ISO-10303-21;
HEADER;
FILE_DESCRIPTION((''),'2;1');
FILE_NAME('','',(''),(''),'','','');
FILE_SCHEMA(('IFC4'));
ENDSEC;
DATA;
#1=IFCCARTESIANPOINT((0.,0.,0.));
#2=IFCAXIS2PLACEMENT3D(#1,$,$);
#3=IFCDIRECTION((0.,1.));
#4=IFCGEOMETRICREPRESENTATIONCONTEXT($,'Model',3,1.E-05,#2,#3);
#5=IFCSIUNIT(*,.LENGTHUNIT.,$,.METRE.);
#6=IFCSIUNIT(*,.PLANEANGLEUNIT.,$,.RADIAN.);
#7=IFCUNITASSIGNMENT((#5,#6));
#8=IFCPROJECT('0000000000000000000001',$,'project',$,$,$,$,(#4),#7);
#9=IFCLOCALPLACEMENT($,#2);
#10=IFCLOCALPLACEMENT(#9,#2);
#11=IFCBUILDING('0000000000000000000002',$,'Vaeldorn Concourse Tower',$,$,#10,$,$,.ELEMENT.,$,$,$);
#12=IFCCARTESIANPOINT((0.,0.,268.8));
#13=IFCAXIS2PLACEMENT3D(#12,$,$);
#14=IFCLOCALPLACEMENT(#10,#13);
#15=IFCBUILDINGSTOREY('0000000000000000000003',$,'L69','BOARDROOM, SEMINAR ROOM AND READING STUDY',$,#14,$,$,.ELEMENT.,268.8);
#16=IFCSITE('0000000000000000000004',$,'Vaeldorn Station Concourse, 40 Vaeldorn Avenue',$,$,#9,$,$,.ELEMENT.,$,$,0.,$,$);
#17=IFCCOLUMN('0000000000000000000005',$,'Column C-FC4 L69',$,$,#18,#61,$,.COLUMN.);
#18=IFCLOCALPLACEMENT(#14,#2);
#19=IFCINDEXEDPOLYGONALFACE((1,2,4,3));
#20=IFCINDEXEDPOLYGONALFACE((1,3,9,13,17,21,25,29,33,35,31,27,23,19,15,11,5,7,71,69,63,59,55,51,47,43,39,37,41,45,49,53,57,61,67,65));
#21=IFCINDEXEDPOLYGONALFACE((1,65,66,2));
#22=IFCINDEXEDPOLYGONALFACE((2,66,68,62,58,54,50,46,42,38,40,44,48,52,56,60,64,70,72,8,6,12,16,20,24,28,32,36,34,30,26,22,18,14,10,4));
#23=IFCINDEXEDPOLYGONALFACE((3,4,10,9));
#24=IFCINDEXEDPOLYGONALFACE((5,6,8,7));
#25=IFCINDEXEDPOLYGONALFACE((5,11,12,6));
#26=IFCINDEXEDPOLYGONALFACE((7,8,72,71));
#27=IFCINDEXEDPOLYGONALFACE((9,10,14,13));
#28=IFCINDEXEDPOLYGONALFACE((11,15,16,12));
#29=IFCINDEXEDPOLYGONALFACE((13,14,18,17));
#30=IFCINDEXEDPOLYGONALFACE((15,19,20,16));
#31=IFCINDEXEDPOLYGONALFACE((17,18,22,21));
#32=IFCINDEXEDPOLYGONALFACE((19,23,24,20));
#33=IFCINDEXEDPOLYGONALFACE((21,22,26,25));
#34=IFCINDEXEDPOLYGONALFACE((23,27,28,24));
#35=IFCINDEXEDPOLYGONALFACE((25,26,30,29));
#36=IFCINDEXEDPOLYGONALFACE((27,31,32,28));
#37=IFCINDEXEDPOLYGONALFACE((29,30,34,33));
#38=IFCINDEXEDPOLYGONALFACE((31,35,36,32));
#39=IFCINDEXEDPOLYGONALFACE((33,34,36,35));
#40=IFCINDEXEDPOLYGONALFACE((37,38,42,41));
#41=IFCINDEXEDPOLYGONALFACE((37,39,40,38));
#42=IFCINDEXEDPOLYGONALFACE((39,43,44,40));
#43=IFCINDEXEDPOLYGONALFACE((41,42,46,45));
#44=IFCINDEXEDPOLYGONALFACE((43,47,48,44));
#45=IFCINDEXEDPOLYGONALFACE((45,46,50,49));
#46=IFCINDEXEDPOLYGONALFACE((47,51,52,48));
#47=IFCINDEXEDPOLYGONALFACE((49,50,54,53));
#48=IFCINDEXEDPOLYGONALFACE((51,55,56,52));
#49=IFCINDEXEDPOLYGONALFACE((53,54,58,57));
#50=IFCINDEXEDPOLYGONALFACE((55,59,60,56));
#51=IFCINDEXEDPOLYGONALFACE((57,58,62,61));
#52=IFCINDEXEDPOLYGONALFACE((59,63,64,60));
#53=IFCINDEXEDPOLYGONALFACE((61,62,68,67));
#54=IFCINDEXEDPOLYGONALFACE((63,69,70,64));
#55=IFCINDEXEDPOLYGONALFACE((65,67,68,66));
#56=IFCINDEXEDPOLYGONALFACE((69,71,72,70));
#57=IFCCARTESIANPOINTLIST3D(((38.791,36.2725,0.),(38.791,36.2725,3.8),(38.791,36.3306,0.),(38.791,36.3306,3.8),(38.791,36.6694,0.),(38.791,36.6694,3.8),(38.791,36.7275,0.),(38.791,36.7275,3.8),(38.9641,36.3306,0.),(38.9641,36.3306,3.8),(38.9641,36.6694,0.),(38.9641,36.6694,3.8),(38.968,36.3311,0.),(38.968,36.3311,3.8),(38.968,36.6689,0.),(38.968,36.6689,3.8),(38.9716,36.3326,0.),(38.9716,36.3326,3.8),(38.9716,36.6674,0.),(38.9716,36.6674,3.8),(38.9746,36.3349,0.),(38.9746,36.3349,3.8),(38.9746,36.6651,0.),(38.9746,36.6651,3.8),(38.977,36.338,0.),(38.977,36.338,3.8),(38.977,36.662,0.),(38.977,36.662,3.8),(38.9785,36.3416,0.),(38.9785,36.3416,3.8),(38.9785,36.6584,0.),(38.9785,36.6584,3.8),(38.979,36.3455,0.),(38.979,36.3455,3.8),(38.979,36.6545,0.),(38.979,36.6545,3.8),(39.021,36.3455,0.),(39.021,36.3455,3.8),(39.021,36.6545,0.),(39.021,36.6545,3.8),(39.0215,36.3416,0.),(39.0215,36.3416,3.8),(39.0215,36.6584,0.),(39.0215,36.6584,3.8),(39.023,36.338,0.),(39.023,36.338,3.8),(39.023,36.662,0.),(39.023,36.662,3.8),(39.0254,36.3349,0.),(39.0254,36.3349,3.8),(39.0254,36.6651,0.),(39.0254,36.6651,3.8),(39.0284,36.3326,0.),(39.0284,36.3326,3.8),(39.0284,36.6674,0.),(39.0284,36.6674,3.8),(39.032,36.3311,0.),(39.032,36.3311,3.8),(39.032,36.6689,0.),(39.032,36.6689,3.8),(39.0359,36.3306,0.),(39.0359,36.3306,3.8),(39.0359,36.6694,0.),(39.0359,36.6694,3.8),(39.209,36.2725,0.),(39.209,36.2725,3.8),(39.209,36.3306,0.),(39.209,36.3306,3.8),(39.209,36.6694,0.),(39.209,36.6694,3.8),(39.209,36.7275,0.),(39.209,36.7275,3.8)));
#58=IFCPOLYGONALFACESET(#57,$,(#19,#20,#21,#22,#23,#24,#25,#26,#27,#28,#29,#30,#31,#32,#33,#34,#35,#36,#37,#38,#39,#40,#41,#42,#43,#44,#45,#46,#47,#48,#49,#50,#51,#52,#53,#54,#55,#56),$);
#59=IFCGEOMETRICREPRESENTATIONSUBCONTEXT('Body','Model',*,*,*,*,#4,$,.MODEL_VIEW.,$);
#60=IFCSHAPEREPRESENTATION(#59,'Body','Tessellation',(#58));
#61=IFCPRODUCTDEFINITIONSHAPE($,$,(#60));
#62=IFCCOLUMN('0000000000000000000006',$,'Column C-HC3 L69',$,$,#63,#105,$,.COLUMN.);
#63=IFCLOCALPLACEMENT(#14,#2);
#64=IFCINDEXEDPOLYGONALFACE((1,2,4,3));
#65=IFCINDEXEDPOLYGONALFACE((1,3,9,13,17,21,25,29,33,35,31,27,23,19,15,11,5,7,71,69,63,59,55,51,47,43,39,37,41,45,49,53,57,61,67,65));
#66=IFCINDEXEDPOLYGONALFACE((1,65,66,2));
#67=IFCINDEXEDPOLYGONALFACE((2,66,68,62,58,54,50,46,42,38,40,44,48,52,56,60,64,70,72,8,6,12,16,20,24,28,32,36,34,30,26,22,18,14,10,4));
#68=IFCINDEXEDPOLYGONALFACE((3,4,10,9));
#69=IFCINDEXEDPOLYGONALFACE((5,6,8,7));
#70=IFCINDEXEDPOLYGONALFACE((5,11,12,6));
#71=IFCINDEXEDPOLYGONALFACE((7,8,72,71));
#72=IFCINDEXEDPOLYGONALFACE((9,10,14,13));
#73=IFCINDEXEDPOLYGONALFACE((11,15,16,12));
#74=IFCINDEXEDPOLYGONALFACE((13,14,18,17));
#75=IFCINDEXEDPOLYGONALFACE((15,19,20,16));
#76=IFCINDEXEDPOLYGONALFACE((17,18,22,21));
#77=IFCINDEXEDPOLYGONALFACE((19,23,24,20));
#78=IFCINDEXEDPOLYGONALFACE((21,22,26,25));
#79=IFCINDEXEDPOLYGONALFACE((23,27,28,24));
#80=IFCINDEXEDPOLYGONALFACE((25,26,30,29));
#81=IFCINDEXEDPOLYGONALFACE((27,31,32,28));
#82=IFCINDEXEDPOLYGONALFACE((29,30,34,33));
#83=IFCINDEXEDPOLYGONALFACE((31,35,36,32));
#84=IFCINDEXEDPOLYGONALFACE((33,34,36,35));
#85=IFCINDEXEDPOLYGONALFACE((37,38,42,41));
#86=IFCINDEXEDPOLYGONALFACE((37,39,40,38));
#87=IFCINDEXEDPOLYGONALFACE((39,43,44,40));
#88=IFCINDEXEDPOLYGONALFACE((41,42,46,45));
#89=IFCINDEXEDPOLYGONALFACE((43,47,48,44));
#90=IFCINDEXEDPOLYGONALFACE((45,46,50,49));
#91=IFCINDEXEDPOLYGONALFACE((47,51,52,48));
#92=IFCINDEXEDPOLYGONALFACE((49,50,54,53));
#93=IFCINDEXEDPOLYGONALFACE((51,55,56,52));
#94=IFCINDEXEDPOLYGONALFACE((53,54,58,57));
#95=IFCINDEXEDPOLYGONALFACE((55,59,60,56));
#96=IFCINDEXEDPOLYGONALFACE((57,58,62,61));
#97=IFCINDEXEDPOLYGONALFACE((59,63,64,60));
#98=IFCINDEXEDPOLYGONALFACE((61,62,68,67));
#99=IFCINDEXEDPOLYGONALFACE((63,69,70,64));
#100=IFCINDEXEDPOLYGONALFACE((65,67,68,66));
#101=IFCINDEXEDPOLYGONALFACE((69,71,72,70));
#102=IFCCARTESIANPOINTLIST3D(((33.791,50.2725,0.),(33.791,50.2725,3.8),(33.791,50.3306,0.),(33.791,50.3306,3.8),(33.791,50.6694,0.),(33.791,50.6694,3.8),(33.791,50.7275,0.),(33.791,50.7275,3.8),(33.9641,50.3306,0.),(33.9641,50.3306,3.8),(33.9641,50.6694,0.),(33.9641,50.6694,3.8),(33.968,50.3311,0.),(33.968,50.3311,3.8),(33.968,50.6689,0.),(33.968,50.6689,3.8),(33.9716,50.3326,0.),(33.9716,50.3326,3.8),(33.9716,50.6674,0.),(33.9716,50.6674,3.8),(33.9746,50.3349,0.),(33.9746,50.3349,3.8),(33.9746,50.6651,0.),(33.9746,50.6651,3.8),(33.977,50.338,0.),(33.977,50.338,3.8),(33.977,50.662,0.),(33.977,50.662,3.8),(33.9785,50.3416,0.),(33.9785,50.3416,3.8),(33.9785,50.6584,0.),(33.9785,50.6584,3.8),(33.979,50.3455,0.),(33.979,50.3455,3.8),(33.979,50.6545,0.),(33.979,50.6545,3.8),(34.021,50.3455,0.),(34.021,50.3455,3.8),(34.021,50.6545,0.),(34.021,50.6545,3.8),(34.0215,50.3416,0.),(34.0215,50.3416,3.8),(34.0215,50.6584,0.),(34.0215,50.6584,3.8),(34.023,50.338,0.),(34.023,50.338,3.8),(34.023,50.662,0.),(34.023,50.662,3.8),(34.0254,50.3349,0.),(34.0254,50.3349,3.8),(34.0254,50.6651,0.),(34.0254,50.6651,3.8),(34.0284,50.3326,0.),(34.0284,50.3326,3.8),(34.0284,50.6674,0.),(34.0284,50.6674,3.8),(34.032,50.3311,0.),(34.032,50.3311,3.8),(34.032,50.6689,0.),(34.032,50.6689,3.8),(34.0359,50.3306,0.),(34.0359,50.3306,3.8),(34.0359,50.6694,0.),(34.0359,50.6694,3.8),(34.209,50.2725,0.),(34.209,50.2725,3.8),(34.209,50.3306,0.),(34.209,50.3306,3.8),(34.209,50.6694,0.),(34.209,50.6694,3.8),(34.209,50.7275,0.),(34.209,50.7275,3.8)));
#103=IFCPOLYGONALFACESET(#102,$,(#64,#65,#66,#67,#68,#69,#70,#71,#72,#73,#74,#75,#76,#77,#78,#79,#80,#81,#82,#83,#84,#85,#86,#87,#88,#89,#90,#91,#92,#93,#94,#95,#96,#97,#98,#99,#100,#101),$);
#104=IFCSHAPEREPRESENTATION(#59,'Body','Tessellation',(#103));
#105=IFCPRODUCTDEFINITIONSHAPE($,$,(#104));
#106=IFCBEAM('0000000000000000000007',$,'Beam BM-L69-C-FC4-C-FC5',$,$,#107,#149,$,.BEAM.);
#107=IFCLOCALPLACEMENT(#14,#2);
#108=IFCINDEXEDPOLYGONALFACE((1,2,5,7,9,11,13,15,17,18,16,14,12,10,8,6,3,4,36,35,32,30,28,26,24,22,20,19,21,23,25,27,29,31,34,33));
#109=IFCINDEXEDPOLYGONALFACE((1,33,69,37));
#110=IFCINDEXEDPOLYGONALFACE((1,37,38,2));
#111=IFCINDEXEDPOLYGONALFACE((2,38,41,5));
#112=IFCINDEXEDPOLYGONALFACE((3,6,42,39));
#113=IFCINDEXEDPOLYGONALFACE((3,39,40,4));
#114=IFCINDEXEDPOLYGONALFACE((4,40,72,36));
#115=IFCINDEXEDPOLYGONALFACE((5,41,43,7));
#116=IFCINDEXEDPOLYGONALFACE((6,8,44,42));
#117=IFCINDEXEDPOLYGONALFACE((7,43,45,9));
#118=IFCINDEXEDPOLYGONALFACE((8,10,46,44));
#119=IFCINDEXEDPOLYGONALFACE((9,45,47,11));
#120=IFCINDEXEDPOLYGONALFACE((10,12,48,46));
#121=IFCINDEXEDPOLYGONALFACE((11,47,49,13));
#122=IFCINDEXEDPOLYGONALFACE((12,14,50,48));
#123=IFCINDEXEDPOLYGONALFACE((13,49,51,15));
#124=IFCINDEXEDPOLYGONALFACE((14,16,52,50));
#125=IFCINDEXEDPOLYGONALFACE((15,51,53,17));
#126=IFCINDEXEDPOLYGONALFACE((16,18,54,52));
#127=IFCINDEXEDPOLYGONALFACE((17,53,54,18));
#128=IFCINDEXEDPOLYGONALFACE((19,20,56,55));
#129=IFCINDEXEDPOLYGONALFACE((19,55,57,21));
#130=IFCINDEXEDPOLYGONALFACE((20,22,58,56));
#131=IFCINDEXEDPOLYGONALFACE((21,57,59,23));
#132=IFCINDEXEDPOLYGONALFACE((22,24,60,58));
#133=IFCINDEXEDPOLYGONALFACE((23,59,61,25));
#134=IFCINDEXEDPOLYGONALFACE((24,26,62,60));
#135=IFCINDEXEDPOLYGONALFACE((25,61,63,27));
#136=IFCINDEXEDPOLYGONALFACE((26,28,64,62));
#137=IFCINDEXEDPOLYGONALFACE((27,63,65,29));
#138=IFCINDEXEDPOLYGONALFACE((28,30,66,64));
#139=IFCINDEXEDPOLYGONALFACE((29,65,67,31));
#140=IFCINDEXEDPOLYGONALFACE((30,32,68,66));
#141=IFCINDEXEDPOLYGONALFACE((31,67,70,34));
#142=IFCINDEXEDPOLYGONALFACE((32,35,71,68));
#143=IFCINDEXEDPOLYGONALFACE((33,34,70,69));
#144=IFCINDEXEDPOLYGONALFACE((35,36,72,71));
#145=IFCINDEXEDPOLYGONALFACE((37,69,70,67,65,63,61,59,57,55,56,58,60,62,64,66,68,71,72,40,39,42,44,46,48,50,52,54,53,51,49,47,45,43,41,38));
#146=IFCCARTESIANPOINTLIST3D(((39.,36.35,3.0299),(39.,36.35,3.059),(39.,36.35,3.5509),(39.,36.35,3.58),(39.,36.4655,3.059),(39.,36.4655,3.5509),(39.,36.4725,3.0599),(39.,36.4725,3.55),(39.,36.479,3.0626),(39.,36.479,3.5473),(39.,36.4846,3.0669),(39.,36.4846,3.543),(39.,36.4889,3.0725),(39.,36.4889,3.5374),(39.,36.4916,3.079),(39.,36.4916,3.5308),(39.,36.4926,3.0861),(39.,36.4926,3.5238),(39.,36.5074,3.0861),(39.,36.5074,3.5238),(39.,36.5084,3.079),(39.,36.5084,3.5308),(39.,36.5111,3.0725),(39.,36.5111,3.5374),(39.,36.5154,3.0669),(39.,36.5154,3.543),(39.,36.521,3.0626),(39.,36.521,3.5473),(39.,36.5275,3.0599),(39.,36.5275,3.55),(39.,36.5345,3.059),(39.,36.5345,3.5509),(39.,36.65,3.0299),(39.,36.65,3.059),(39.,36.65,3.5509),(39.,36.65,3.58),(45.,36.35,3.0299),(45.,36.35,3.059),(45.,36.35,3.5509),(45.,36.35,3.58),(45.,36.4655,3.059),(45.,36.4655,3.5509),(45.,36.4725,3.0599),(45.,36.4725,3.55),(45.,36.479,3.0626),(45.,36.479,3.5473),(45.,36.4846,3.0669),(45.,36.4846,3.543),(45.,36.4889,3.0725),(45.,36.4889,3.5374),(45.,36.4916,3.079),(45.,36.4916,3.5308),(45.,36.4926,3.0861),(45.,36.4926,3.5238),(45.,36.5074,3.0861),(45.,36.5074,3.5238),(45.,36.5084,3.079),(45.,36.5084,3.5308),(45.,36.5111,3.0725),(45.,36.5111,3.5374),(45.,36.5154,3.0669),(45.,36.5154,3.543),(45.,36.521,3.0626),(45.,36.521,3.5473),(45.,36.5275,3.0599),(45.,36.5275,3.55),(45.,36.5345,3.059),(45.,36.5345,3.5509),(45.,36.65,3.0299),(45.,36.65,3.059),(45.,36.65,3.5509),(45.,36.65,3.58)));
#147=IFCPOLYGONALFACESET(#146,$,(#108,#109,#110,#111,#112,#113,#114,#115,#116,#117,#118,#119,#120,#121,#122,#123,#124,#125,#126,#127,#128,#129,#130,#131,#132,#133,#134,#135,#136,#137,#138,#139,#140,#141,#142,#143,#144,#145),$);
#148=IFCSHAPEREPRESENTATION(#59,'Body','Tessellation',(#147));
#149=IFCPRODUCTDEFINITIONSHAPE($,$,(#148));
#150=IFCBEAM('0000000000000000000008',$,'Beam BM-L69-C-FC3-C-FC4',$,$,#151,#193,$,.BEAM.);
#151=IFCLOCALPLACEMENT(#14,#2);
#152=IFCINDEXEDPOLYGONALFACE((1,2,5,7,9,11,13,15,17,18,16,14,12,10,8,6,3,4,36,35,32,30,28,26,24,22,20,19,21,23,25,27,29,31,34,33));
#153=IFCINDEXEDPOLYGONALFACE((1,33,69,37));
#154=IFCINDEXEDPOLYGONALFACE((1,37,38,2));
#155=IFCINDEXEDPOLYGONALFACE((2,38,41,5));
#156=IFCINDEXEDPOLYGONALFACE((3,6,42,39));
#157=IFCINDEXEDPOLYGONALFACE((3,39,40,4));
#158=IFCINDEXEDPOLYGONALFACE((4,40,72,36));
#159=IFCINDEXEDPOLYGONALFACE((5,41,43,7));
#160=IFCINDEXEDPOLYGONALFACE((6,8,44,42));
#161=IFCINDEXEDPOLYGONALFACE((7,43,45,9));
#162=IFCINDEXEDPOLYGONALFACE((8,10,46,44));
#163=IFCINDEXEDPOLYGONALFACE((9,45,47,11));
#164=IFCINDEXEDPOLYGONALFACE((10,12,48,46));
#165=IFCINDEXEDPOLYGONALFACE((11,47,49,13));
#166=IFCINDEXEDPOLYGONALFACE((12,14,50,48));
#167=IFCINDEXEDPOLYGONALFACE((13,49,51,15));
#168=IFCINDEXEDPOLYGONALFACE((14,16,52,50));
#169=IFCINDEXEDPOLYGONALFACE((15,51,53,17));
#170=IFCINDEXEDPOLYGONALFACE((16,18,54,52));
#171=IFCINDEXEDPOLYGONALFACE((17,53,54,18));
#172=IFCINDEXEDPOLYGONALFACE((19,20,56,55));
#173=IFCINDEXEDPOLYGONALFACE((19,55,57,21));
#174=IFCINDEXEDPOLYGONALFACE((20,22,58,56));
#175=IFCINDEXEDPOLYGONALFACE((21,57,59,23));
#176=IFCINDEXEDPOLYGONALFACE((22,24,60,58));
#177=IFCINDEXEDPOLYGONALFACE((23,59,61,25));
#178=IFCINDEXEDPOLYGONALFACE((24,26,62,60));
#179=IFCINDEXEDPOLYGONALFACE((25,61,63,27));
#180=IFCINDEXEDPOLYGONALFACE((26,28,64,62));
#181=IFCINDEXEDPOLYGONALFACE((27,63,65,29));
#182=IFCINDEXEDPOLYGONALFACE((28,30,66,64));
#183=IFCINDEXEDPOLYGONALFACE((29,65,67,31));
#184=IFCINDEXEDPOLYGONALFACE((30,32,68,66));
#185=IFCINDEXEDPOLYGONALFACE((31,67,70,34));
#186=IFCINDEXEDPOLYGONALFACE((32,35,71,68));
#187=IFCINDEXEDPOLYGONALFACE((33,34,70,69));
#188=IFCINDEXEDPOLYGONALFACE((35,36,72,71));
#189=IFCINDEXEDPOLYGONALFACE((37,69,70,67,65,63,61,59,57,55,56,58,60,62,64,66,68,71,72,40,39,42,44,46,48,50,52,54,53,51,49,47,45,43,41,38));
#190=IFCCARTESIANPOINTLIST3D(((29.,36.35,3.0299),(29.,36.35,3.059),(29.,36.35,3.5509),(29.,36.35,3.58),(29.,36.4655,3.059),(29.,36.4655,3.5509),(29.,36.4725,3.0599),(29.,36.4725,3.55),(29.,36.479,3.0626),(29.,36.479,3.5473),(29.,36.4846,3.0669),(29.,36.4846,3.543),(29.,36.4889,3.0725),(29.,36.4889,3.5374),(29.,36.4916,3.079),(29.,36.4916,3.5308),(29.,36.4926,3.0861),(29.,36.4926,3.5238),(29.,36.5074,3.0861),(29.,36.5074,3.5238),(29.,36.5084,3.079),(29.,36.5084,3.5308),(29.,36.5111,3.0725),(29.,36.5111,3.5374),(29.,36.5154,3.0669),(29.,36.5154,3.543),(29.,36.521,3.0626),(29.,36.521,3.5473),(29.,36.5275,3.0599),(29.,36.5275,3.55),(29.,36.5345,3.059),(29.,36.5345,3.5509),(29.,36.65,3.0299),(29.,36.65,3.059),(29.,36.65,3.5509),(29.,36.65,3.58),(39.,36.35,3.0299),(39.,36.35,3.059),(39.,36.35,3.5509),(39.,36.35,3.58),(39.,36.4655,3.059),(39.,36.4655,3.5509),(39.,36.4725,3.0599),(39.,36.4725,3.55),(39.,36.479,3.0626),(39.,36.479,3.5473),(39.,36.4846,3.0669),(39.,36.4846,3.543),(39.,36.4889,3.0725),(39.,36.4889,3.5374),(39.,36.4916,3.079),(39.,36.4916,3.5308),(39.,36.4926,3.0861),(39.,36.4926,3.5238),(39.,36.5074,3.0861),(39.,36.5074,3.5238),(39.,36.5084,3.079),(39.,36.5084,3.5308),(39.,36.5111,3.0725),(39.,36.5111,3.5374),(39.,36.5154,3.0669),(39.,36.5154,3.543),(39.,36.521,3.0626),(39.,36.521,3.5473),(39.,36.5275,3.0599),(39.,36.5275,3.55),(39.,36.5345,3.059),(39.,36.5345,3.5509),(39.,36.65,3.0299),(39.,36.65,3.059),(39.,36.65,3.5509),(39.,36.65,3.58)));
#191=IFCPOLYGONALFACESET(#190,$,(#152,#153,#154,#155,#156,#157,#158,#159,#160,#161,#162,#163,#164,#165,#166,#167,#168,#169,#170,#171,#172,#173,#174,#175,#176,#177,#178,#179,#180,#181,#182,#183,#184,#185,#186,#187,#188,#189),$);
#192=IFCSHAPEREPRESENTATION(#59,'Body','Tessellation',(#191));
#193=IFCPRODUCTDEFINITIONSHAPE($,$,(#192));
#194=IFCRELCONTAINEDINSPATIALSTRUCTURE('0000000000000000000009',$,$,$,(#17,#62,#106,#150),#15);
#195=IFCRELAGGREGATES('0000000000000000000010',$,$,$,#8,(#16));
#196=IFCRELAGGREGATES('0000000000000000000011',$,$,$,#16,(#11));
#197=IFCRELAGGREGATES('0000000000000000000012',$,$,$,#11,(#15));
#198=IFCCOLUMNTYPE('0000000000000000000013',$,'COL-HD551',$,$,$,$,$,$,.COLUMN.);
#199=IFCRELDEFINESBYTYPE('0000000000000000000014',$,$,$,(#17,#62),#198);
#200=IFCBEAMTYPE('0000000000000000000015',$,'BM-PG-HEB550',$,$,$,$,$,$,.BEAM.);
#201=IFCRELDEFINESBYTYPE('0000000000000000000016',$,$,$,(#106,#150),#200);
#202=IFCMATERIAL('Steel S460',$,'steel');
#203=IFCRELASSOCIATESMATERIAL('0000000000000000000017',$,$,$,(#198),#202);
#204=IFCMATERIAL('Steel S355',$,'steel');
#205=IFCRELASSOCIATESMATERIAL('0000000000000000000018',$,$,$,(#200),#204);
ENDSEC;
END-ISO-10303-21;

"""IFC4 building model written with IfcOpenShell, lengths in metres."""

from ifc_helpers import new_model, si_unit, direction, frame, origin, origin_2d, place, context, subcontext, project, spatial, i_section, extrude, source, transform, mapped, material, material_profile, profile_set, type_object, element, save


model = new_model("IFC4")

# Units and contexts
model_context = context("Model", 3, precision=1e-05, world=origin(), true_north=direction((0.0, 1.0)))
body_context = subcontext(model_context, "Body", "Model", "MODEL_VIEW")
ifc_project = project(units=[si_unit("LENGTHUNIT", "METRE"), si_unit("PLANEANGLEUNIT", "RADIAN")], contexts=[model_context])

# Site, building, storey
site_placement = place(None, origin())
site = spatial("IfcSite", under=ifc_project, at=site_placement, Name="Vaeldorn Station Concourse, 40 Vaeldorn Avenue", CompositionType="ELEMENT", RefElevation=0.0)
building_placement = place(site_placement, origin())
building = spatial("IfcBuilding", under=site, at=building_placement, Name="Vaeldorn Concourse Tower", CompositionType="ELEMENT")
storey_placement = place(building_placement, frame((0.0, 0.0, 268.8)))
storey = spatial("IfcBuildingStorey", under=building, at=storey_placement, Name="L69", Description="BOARDROOM, SEMINAR ROOM AND READING STUDY", CompositionType="ELEMENT", Elevation=268.8)

# Columns
ifc_material_1 = material(Name="Steel S460", Category="steel")
ifc_material_profile_1 = material_profile(ifc_material_1, i_section(OverallWidth=0.418, OverallDepth=0.4551, WebThickness=0.042, FlangeThickness=0.0581, FilletRadius=0.0149, at=origin_2d()), Name="HD 400x551")
ifc_profile_set_1 = profile_set([ifc_material_profile_1], Name="Steel S460")
column_type = type_object("IfcColumnType", Name="COL-HD551", PredefinedType="COLUMN", material=ifc_profile_set_1)
shared_shape_1 = source(origin(), body_context, "Body", "SweptSolid", [
    extrude(i_section(OverallWidth=0.418, OverallDepth=0.4551, WebThickness=0.042, FlangeThickness=0.0581, FilletRadius=0.0149, at=origin_2d()), origin(), (0.0, 0.0, 1.0), 3.8),
])
for number, where, z_axis, x_axis, name in (
    (1, (39.0, 36.5, 0.0), (0.0, 0.0, 1.0), (1.0, 0.0, 0.0), "Column C-FC4 L69"),
    (2, (34.0, 50.5, 0.0), (0.0, 0.0, 1.0), (1.0, 0.0, 0.0), "Column C-HC3 L69"),
):
    element("IfcColumn", number, at=place(storey_placement, frame(where, z_axis=z_axis, x_axis=x_axis)), inside=storey, type_object=column_type, Name=name, PredefinedType="COLUMN", context=body_context, shape_type="MappedRepresentation", body=[
        mapped(shared_shape_1, transform((0.0, 0.0, 0.0), scale=1.0)),
    ])

# Beams
ifc_material_2 = material(Name="Steel S355", Category="steel")
ifc_material_profile_2 = material_profile(ifc_material_2, i_section(OverallWidth=0.3, OverallDepth=0.55, WebThickness=0.0149, FlangeThickness=0.0291, FilletRadius=0.0271, at=origin_2d()), Name="HEB 550")
ifc_profile_set_2 = profile_set([ifc_material_profile_2], Name="Steel S355")
beam_type = type_object("IfcBeamType", Name="BM-PG-HEB550", PredefinedType="BEAM", material=ifc_profile_set_2)
shared_shape_2 = source(origin(), body_context, "Body", "SweptSolid", [
    extrude(i_section(OverallWidth=0.3, OverallDepth=0.55, WebThickness=0.0149, FlangeThickness=0.0291, FilletRadius=0.0271, at=origin_2d()), origin(), (0.0, 0.0, 1.0), 6.0),
])
beam_1_placement = place(storey_placement, frame((39.0, 36.5, 3.3049), z_axis=(1.0, 0.0, 0.0), x_axis=(0.0, 1.0, 0.0)))
element("IfcBeam", 3, at=beam_1_placement, inside=storey, type_object=beam_type, Name="Beam BM-L69-C-FC4-C-FC5", PredefinedType="BEAM", context=body_context, shape_type="MappedRepresentation", body=[
    mapped(shared_shape_2, transform((0.0, 0.0, 0.0), scale=1.0)),
])
shared_shape_3 = source(origin(), body_context, "Body", "SweptSolid", [
    extrude(i_section(OverallWidth=0.3, OverallDepth=0.55, WebThickness=0.0149, FlangeThickness=0.0291, FilletRadius=0.0271, at=origin_2d()), origin(), (0.0, 0.0, 1.0), 10.0),
])
beam_2_placement = place(storey_placement, frame((29.0, 36.5, 3.3049), z_axis=(1.0, 0.0, 0.0), x_axis=(0.0, 1.0, 0.0)))
element("IfcBeam", 4, at=beam_2_placement, inside=storey, type_object=beam_type, Name="Beam BM-L69-C-FC3-C-FC4", PredefinedType="BEAM", context=body_context, shape_type="MappedRepresentation", body=[
    mapped(shared_shape_3, transform((0.0, 0.0, 0.0), scale=1.0)),
])

save(model, "model.ifc")
